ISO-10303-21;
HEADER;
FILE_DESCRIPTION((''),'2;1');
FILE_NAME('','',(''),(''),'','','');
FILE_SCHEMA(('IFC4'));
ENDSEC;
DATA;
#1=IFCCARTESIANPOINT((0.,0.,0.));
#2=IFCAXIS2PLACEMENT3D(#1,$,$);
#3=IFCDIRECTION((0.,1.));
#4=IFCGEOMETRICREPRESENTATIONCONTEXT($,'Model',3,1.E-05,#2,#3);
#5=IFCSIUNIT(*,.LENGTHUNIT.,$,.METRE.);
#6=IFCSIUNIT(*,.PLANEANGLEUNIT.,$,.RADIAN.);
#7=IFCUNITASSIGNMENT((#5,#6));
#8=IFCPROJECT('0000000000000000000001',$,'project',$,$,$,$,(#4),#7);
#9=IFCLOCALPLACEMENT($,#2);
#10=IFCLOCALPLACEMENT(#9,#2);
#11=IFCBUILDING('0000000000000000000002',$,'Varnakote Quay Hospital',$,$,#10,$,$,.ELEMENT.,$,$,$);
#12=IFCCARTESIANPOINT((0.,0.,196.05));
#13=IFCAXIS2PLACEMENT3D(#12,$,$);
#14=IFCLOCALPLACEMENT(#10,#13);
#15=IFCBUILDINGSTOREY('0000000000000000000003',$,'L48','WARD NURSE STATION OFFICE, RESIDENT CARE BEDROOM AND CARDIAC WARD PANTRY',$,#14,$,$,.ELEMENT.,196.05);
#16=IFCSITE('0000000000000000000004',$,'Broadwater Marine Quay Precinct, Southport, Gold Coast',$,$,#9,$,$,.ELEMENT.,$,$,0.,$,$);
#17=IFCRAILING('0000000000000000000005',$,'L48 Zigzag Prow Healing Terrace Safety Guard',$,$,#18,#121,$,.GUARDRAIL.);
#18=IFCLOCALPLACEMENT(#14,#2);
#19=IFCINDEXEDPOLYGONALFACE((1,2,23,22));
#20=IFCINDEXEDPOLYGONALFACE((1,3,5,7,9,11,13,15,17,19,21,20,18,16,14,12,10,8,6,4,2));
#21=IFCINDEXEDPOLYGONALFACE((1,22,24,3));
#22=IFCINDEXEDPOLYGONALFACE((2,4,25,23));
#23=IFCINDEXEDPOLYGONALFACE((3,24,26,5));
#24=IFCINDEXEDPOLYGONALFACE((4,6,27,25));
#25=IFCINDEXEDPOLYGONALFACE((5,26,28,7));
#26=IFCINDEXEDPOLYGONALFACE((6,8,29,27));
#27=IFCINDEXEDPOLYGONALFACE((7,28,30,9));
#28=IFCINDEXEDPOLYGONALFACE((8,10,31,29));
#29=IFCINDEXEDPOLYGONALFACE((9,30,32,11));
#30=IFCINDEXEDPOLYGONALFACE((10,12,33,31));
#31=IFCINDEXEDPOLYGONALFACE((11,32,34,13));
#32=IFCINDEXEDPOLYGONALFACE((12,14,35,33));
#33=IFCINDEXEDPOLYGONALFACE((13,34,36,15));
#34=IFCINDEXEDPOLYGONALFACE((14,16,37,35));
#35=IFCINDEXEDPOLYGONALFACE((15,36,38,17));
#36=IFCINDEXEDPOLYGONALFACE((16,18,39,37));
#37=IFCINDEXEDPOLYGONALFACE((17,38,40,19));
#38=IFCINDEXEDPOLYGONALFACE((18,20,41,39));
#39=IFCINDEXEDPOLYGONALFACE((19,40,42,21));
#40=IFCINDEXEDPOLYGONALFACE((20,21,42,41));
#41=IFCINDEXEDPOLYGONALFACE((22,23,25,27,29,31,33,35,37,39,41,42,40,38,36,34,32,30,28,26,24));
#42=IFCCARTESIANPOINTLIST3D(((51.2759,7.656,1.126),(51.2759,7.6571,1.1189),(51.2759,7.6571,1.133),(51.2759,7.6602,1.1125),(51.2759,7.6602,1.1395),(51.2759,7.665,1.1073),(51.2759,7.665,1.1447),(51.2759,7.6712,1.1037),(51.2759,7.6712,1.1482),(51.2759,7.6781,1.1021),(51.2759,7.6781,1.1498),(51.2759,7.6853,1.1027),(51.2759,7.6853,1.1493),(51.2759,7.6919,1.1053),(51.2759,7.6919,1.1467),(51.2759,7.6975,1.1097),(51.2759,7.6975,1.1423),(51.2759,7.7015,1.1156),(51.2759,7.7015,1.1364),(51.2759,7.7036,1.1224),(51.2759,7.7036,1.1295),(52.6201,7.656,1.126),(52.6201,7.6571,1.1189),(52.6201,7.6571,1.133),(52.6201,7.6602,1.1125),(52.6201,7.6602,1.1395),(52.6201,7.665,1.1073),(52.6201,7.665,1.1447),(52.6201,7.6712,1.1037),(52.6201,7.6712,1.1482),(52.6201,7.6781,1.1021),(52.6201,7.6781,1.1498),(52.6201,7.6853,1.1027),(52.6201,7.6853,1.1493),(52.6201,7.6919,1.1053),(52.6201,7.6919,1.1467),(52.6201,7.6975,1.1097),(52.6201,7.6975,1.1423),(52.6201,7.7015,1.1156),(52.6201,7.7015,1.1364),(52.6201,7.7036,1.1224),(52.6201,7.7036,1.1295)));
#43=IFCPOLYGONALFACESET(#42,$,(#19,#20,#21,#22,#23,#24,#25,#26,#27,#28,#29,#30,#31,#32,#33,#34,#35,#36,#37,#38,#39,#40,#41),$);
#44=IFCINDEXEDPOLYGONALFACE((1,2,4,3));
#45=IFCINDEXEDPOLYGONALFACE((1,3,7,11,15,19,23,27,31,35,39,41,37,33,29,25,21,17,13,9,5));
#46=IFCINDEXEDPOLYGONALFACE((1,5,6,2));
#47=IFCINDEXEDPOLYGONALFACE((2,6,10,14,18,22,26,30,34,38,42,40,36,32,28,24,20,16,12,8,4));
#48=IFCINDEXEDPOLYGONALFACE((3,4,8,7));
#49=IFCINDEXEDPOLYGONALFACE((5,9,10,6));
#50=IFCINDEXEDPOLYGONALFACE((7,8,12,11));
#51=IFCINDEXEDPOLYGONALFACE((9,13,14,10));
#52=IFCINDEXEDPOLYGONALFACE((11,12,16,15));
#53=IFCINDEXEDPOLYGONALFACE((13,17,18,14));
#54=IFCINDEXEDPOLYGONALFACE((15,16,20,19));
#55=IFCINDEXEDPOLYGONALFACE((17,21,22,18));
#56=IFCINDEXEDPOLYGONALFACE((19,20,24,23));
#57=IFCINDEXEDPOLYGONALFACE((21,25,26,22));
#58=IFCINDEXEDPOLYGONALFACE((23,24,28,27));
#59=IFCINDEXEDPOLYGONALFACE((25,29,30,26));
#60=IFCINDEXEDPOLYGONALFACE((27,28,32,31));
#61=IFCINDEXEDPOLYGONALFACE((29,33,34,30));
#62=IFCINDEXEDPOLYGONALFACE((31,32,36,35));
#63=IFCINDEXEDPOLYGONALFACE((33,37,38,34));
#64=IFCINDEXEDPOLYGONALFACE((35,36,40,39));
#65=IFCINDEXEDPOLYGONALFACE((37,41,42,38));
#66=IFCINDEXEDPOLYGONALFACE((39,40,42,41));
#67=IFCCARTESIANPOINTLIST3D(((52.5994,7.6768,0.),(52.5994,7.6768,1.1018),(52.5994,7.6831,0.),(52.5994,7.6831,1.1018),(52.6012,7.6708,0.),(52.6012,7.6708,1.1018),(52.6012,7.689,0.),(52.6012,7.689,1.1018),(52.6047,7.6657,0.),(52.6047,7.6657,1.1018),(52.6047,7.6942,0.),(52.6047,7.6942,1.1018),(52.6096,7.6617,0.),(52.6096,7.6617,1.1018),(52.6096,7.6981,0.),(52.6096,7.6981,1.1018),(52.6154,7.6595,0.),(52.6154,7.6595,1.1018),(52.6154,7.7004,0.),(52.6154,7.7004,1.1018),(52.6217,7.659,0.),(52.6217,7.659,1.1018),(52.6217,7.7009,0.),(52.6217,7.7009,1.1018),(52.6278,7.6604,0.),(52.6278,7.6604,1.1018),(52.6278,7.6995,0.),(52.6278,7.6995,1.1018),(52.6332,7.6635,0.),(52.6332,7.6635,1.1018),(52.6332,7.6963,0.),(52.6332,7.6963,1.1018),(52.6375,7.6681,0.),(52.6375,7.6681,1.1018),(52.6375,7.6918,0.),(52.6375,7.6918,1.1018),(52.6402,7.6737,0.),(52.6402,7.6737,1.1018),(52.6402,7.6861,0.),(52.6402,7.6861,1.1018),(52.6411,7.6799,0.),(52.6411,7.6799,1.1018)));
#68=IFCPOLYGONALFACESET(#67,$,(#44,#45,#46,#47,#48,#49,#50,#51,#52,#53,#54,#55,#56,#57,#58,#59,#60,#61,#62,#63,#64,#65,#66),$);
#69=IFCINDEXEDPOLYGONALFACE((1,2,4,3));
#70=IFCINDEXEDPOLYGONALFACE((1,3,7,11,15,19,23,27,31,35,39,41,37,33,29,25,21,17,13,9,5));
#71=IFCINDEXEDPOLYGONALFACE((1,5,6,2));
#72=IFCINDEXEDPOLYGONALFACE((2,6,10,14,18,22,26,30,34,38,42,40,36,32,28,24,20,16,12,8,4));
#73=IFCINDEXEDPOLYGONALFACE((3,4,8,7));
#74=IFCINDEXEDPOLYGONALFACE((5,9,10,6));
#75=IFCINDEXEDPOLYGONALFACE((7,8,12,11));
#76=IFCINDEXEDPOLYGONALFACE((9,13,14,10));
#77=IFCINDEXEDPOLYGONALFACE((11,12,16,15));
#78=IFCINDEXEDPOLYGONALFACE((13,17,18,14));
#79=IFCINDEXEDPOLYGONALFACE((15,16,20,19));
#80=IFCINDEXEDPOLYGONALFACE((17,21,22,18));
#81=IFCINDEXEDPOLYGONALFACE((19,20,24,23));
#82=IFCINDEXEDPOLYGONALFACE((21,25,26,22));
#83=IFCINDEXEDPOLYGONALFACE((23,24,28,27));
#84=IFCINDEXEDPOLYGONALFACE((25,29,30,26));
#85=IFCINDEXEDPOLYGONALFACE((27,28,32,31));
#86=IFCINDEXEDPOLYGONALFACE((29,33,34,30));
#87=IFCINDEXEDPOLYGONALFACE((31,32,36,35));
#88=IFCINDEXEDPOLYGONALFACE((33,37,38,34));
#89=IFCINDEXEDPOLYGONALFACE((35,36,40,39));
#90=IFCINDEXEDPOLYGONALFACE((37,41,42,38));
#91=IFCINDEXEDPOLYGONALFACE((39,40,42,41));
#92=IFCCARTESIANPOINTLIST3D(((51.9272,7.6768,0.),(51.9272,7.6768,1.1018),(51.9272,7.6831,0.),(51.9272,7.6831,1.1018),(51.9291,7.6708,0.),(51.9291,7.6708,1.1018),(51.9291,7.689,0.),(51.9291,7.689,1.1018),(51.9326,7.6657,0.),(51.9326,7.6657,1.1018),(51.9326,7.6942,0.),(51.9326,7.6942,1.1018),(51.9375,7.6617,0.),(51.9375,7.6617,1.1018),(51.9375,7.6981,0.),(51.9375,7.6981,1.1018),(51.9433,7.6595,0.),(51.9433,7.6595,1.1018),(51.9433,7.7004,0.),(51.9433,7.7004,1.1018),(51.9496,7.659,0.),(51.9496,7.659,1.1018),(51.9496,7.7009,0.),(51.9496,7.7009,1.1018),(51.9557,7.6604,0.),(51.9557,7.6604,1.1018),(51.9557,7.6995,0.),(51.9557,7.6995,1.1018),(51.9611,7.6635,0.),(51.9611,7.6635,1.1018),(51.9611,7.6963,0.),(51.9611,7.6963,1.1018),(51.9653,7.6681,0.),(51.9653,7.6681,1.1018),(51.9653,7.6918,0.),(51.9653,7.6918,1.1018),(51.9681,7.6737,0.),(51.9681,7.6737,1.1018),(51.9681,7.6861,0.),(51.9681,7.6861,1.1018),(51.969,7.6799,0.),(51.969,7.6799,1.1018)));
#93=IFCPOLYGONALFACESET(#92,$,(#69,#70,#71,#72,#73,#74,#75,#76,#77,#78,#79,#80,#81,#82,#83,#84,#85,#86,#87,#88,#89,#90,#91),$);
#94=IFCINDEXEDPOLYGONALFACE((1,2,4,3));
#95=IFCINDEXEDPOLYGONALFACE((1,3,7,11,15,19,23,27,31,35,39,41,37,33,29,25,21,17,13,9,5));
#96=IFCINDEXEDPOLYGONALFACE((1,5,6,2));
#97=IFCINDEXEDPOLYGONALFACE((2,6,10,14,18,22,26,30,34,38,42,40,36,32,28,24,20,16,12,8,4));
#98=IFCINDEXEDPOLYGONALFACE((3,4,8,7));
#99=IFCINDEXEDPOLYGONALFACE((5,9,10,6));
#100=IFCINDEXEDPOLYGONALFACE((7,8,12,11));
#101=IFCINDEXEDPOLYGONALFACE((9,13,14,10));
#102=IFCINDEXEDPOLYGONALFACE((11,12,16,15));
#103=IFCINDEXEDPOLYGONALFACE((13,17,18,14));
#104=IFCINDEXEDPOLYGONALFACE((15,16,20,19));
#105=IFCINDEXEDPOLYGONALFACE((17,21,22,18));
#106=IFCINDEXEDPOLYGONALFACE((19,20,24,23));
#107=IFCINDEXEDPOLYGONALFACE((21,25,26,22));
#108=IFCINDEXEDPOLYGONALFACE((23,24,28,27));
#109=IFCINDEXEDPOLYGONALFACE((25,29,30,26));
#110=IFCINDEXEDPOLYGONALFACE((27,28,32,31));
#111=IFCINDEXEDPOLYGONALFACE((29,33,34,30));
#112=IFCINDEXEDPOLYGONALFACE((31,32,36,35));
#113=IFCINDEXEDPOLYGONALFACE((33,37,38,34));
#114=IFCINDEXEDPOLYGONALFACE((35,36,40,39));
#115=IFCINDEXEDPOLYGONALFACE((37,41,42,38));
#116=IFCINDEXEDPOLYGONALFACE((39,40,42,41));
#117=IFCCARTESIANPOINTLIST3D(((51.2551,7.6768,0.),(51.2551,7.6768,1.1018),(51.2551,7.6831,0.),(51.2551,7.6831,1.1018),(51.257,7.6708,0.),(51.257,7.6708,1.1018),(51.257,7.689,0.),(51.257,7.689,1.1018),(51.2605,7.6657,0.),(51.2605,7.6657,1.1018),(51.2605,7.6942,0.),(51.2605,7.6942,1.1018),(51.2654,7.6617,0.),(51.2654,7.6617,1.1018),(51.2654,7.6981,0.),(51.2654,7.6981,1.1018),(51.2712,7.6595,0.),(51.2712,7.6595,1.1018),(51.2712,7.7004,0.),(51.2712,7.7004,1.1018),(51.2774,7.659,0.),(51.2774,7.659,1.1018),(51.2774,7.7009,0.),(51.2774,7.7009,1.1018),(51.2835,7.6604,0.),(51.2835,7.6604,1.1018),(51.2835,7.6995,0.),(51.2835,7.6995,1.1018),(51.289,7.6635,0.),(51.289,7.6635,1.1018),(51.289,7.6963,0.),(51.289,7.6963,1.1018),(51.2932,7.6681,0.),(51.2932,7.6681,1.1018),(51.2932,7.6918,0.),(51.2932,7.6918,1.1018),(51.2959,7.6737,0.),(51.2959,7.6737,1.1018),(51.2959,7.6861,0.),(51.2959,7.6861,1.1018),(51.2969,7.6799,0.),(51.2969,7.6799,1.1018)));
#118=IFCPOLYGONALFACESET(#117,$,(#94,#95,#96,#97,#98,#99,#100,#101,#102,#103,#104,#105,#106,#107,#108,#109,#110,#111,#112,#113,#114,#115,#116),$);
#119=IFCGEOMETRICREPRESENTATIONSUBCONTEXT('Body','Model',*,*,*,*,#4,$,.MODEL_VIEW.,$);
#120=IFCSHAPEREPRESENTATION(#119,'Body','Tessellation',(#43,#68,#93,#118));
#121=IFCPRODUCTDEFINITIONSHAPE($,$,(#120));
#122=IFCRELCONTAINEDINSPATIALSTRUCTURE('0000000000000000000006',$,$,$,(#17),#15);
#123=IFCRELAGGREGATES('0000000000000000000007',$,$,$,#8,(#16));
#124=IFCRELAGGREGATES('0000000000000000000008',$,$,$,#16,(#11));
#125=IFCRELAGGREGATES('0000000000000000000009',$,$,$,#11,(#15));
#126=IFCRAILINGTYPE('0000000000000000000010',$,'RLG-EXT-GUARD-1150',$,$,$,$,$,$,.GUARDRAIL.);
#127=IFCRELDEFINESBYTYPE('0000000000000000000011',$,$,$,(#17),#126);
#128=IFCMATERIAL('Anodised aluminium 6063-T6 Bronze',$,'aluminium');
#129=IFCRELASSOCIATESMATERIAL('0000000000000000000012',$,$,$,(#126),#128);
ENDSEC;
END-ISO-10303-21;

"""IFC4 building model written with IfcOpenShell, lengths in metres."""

from ifc_helpers import new_model, si_unit, direction, frame, origin, origin_2d, place, context, subcontext, project, spatial, circle, extrude, material, type_object, element, save


model = new_model("IFC4")

# Units and contexts
model_context = context("Model", 3, precision=1e-05, world=origin(), true_north=direction((0.0, 1.0)))
body_context = subcontext(model_context, "Body", "Model", "MODEL_VIEW")
ifc_project = project(units=[si_unit("LENGTHUNIT", "METRE"), si_unit("PLANEANGLEUNIT", "RADIAN")], contexts=[model_context])

# Site, building, storey
site_placement = place(None, origin())
site = spatial("IfcSite", under=ifc_project, at=site_placement, Name="Broadwater Marine Quay Precinct, Southport, Gold Coast", CompositionType="ELEMENT", RefElevation=0.0)
building_placement = place(site_placement, origin())
building = spatial("IfcBuilding", under=site, at=building_placement, Name="Varnakote Quay Hospital", CompositionType="ELEMENT")
storey_placement = place(building_placement, frame((0.0, 0.0, 196.05)))
storey = spatial("IfcBuildingStorey", under=building, at=storey_placement, Name="L48", Description="WARD NURSE STATION OFFICE, RESIDENT CARE BEDROOM AND CARDIAC WARD PANTRY", CompositionType="ELEMENT", Elevation=196.05)

# Railing
ifc_material_1 = material(Name="Anodised aluminium 6063-T6 Bronze", Category="aluminium")
railing_type = type_object("IfcRailingType", Name="RLG-EXT-GUARD-1150", PredefinedType="GUARDRAIL", material=ifc_material_1)
railing_1_placement = place(storey_placement, frame((52.6201, 7.6799, 0.0)))
element("IfcRailing", 1, at=railing_1_placement, inside=storey, type_object=railing_type, Name="L48 Zigzag Prow Healing Terrace Safety Guard", PredefinedType="GUARDRAIL", context=body_context, shape_type="SweptSolid", body=[
    extrude(circle(Radius=0.0239, at=origin_2d()), frame((0.0, 0.0, 1.126), z_axis=(-1.0, 0.0, 0.0), x_axis=(0.0, -1.0, 0.0)), (0.0, 0.0, 1.0), 1.3442),
    extrude(circle(Radius=0.021, at=origin_2d()), origin(), (0.0, 0.0, 1.0), 1.1018),
    extrude(circle(Radius=0.021, at=origin_2d()), frame((-0.6721, 0.0, 0.0)), (0.0, 0.0, 1.0), 1.1018),
    extrude(circle(Radius=0.021, at=origin_2d()), frame((-1.3442, 0.0, 0.0)), (0.0, 0.0, 1.0), 1.1018),
])

save(model, "model.ifc")
